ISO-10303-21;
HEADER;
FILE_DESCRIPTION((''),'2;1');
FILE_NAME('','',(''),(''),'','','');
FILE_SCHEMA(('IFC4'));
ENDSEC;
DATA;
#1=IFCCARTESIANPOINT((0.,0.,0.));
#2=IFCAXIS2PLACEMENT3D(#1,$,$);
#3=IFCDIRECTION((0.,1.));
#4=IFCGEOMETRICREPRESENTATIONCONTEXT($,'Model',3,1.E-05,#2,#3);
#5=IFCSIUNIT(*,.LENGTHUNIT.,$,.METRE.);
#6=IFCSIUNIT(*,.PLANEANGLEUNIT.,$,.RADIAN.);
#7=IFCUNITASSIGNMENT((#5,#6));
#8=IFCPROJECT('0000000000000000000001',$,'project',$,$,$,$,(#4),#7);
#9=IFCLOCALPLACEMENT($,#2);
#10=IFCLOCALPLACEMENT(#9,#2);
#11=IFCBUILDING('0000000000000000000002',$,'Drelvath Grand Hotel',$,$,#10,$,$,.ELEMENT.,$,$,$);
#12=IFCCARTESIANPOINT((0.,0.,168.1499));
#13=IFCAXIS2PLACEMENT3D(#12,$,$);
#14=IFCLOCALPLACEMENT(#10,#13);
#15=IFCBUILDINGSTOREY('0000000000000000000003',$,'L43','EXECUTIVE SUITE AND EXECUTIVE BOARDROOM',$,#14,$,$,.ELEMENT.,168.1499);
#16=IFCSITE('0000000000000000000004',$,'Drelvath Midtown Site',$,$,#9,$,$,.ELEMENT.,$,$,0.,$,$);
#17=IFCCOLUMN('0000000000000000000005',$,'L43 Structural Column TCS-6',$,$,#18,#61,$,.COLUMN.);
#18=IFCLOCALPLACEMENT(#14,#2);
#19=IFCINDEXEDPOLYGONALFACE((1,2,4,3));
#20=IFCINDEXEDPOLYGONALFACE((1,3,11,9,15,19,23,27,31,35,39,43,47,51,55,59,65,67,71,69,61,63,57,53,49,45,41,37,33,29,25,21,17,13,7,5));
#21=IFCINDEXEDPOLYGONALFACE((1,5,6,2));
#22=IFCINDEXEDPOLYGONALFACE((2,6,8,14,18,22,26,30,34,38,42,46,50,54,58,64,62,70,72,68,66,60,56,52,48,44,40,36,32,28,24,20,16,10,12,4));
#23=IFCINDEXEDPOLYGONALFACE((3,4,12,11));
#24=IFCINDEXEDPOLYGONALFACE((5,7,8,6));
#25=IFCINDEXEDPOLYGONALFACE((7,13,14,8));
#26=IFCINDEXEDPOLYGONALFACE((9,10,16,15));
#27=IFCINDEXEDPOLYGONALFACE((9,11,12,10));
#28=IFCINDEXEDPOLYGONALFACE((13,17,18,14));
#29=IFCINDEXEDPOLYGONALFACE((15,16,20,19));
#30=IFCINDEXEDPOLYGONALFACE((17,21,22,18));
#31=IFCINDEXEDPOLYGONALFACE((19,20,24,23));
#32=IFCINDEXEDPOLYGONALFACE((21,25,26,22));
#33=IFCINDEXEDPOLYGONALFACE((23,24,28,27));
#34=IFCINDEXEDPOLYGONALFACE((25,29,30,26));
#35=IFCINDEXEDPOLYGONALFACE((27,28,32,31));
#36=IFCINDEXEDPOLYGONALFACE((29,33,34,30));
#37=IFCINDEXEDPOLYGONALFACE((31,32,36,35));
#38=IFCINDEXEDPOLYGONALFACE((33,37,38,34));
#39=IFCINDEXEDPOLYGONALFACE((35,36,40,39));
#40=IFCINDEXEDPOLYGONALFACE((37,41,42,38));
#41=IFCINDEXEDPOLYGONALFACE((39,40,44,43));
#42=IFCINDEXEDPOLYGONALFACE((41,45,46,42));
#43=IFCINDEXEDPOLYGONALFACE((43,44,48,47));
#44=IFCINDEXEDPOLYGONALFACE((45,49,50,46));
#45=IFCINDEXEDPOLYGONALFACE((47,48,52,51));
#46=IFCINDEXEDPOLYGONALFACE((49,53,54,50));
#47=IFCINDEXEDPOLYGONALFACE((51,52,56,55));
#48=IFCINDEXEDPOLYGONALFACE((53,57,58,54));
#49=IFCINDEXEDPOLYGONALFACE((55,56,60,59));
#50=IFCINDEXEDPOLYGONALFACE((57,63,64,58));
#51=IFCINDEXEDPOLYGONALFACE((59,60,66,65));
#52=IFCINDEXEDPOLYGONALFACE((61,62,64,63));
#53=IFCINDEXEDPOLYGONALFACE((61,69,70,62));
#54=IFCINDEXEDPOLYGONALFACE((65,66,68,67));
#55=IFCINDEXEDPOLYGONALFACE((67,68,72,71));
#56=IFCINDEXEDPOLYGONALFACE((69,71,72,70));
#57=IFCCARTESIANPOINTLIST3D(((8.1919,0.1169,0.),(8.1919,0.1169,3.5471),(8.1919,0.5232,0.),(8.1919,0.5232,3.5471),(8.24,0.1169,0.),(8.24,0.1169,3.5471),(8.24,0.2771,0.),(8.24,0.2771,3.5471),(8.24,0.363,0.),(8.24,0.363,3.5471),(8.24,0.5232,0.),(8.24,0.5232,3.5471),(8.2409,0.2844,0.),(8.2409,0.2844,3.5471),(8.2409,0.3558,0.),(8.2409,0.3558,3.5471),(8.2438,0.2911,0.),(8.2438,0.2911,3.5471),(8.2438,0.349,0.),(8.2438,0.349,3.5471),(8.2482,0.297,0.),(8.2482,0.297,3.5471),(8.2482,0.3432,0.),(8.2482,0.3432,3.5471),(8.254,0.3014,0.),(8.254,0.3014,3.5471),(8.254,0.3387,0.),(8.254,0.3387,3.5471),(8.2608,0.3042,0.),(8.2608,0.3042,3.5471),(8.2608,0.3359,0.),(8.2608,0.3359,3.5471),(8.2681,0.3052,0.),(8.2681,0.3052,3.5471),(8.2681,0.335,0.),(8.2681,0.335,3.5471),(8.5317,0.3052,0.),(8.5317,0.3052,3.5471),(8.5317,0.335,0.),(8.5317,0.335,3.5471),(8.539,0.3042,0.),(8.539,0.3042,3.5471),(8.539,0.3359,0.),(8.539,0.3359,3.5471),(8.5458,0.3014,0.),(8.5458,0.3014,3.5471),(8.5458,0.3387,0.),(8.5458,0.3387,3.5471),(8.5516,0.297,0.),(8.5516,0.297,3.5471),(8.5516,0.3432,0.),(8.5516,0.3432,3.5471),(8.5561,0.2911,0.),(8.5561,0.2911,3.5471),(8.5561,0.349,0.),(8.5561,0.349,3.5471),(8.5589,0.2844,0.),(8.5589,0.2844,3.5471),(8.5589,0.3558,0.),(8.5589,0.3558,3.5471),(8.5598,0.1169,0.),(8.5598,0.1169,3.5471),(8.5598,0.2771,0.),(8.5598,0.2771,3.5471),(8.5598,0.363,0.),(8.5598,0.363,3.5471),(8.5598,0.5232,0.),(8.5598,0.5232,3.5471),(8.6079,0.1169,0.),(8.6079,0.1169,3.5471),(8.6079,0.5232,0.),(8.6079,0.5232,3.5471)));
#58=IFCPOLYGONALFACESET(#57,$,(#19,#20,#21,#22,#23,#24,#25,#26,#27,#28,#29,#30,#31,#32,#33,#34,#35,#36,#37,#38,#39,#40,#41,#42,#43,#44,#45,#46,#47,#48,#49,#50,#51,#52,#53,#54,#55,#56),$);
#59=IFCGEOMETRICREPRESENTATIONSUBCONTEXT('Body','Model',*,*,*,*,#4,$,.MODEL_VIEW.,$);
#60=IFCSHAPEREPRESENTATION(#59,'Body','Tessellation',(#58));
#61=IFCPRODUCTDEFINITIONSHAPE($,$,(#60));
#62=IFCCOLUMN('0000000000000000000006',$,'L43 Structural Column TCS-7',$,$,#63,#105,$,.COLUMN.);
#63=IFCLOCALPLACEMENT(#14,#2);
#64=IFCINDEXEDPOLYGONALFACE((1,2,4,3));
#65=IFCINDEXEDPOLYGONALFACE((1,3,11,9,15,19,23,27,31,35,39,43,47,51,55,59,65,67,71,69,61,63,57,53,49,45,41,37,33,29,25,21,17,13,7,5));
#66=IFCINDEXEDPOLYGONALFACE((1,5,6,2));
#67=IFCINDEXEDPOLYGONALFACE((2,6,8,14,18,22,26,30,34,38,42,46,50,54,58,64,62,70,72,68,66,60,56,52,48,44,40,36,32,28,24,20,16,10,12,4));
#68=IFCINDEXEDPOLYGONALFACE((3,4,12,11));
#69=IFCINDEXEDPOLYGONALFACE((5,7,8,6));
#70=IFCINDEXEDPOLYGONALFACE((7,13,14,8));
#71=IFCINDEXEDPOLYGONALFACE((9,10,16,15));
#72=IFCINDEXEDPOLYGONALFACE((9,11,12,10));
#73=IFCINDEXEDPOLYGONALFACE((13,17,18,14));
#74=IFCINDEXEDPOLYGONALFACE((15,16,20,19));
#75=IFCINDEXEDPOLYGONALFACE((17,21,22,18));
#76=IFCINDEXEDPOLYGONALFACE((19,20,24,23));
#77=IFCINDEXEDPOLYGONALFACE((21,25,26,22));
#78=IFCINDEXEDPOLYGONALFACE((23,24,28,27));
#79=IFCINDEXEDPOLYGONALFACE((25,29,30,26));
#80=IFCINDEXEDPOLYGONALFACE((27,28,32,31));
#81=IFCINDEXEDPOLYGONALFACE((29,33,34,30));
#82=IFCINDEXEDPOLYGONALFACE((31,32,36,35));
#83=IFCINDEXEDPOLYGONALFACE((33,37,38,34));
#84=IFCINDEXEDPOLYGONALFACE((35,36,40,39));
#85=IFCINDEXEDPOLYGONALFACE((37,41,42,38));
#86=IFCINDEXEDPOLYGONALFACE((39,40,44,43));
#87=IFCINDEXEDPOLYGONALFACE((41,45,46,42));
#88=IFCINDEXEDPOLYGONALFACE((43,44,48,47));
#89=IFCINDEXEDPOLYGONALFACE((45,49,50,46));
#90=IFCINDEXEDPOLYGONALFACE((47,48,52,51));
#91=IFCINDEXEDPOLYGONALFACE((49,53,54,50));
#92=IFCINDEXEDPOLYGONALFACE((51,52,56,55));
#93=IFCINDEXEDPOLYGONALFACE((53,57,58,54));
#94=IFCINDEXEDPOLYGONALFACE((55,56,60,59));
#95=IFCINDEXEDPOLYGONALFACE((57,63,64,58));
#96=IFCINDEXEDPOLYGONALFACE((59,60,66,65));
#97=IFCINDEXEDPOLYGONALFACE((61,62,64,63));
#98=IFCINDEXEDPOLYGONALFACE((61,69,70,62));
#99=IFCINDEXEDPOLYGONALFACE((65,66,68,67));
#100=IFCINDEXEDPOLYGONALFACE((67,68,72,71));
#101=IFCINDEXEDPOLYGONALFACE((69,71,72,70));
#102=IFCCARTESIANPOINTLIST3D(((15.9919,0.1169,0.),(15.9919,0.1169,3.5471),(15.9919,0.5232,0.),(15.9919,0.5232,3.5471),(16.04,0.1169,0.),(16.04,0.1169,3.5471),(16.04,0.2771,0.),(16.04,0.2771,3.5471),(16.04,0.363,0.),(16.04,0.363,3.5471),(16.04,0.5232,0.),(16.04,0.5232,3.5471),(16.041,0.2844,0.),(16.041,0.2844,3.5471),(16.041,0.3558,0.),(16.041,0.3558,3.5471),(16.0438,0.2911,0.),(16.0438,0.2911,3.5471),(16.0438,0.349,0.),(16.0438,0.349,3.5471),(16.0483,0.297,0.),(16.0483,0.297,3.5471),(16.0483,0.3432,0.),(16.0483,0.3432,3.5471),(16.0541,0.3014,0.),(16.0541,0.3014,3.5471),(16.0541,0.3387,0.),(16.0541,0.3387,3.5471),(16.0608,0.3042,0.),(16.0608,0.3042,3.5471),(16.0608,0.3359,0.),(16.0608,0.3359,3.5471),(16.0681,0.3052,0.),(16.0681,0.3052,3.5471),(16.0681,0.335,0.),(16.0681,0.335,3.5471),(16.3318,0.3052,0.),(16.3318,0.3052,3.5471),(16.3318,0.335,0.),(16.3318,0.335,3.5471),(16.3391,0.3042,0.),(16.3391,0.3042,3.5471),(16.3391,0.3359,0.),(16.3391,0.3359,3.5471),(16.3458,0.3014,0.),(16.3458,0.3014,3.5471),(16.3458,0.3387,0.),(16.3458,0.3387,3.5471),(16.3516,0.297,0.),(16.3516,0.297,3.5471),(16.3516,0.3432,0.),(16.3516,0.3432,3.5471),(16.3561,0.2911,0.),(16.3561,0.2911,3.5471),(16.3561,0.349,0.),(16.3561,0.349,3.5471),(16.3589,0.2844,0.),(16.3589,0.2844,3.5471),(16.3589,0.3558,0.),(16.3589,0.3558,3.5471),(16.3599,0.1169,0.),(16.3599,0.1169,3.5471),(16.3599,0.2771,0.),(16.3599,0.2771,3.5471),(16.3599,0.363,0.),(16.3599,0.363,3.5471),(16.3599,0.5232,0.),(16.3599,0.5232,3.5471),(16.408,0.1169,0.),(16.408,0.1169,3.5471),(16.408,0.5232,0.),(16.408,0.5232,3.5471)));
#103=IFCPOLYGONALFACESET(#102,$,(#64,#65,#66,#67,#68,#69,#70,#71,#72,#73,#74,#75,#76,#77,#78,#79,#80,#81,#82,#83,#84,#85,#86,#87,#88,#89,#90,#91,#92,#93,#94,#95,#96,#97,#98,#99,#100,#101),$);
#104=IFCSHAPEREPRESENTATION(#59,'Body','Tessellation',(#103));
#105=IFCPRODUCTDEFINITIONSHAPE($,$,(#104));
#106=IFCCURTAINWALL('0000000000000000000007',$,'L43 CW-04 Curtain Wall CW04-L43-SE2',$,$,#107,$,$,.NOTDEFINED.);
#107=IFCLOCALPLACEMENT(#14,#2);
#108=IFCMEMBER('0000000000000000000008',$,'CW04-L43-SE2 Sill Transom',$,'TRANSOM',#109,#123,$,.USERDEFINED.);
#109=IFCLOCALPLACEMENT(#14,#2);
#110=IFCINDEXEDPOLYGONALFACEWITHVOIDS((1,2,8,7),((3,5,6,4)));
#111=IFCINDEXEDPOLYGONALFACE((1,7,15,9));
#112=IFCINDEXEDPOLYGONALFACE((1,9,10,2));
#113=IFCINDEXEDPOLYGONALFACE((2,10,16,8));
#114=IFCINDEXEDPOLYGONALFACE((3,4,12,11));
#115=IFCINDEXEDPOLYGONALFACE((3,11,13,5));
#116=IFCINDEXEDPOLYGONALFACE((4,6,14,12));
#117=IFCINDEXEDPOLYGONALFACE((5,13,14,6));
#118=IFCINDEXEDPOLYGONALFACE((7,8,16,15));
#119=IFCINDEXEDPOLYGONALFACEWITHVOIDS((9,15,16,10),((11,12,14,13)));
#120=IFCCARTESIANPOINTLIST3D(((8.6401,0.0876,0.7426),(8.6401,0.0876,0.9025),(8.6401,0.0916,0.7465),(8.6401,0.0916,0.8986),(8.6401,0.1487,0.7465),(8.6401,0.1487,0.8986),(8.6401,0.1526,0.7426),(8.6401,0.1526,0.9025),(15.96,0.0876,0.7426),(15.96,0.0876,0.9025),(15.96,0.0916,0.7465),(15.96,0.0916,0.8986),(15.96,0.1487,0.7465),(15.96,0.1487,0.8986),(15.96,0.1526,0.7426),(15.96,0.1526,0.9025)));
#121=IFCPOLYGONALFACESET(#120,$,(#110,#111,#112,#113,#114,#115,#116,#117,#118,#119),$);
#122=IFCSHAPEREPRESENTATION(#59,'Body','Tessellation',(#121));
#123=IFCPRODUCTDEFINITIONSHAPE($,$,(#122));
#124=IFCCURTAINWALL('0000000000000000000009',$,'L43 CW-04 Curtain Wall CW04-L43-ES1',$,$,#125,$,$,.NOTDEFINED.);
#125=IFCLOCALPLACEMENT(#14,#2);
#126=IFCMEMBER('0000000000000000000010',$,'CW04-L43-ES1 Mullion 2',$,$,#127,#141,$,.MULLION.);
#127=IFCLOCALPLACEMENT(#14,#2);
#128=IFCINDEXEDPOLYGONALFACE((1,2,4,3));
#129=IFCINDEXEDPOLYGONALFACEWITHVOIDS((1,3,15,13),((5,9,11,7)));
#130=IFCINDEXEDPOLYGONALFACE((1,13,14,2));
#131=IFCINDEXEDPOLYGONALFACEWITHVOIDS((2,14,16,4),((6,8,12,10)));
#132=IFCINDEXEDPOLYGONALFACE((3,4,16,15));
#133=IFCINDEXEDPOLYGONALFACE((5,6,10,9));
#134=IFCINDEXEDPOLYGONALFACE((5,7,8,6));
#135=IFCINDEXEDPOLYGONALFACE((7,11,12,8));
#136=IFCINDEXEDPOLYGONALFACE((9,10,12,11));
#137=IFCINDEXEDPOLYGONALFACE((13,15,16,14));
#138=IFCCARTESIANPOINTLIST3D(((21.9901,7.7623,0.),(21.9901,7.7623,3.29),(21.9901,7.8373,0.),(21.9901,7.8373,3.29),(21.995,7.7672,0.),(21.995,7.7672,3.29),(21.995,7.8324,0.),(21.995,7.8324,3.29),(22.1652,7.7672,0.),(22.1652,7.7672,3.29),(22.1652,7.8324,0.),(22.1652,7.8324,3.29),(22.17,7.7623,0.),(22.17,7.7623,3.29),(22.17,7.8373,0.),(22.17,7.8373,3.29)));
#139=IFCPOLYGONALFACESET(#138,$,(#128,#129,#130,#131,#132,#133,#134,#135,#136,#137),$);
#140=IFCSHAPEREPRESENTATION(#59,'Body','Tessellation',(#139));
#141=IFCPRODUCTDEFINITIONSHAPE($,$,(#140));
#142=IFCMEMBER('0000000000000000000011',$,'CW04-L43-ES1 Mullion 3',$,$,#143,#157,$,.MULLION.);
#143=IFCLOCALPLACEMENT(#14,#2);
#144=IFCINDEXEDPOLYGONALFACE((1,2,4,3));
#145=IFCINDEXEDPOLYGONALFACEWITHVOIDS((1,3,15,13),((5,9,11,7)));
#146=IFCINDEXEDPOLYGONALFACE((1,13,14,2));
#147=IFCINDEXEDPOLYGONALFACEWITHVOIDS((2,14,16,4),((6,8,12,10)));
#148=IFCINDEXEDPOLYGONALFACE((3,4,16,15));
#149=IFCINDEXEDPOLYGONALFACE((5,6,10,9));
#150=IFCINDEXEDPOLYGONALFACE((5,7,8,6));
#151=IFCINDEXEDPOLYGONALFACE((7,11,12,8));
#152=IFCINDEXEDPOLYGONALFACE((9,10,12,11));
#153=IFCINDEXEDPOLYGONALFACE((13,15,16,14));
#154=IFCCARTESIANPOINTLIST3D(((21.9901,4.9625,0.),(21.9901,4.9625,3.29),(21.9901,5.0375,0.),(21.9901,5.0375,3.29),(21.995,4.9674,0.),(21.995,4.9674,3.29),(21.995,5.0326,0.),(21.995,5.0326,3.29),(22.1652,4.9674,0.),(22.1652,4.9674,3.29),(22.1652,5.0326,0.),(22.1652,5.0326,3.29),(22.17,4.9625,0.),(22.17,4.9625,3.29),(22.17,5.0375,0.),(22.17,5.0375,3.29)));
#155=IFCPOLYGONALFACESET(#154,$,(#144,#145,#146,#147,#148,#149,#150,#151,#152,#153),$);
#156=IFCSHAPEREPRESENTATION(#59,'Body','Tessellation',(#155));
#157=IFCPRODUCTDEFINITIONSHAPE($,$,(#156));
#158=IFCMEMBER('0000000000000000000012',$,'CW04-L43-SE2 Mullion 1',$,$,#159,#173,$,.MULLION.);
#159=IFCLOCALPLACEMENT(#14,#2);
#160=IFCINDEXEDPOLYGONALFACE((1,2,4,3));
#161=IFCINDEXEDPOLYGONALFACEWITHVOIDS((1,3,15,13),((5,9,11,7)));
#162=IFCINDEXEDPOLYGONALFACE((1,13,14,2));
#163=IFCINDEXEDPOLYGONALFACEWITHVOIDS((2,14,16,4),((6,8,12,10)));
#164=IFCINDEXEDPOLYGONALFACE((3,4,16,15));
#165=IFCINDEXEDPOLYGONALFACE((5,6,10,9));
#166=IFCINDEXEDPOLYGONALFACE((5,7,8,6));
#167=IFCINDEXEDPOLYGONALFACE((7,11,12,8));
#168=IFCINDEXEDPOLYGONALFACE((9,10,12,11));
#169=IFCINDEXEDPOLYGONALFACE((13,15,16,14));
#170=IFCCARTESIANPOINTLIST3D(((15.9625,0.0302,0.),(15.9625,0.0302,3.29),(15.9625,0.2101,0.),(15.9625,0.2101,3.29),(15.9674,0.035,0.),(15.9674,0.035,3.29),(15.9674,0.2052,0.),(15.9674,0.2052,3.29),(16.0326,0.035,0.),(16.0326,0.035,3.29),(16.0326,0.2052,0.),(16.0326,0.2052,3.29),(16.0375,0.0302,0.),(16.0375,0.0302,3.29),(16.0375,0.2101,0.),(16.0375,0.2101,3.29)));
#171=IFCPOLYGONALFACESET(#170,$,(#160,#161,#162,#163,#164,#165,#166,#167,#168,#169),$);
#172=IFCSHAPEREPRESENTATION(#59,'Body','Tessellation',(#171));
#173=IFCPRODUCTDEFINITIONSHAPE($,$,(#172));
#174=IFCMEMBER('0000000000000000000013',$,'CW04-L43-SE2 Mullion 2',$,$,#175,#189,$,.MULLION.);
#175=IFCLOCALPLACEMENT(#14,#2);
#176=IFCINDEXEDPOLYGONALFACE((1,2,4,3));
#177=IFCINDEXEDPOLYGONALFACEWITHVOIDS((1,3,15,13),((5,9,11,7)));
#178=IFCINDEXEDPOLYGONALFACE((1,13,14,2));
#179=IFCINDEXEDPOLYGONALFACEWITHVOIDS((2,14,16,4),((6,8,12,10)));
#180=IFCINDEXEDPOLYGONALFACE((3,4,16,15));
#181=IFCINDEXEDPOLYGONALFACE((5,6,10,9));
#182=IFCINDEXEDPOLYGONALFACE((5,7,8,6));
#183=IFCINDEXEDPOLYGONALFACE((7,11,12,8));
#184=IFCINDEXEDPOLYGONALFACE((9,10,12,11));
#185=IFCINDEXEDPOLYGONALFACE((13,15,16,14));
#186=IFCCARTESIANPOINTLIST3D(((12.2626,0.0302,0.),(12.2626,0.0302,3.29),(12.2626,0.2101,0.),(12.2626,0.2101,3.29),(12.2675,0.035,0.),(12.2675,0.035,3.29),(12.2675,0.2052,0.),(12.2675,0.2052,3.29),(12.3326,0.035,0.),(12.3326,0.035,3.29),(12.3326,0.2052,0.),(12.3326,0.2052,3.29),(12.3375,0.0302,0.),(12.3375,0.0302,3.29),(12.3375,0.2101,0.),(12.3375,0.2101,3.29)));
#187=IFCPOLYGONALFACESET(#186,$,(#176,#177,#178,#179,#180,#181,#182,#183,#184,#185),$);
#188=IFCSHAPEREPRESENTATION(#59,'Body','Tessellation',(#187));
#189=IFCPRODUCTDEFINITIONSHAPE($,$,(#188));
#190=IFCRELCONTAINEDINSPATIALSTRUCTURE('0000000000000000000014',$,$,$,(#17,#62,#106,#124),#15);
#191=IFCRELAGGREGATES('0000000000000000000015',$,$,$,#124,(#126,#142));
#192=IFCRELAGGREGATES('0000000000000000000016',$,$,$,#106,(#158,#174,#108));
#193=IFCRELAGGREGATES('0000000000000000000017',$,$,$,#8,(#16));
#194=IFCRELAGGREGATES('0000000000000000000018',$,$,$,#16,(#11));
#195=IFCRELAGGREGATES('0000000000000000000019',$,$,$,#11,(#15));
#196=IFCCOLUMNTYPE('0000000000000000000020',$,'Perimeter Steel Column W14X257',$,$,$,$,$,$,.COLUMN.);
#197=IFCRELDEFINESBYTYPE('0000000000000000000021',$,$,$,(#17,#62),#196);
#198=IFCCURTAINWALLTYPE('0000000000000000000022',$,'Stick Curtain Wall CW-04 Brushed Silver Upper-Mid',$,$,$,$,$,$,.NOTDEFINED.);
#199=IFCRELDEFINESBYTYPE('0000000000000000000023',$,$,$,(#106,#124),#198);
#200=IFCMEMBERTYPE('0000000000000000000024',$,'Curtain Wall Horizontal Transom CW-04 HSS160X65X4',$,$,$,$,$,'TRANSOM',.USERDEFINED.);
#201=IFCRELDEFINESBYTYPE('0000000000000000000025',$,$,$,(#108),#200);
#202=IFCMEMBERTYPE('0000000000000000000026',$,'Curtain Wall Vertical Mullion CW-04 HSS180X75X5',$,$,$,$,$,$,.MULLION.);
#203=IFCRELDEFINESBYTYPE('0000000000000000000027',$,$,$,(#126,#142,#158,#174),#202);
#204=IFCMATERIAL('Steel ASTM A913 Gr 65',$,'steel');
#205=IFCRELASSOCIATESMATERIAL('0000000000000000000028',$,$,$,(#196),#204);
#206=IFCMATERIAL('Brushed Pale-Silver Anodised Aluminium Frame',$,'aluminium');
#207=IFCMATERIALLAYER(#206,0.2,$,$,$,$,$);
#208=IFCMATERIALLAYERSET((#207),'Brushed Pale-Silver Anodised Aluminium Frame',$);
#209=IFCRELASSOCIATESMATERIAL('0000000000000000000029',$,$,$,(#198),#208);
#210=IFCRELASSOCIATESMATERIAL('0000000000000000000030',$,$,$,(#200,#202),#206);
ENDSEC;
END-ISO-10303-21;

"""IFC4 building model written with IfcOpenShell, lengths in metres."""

from ifc_helpers import new_model, si_unit, direction, frame, origin, origin_2d, place, context, subcontext, project, spatial, hollow_rectangle, i_section, extrude, material, layer, layer_set, material_profile, profile_set, type_object, element, aggregate, save


model = new_model("IFC4")

# Units and contexts
model_context = context("Model", 3, precision=1e-05, world=origin(), true_north=direction((0.0, 1.0)))
body_context = subcontext(model_context, "Body", "Model", "MODEL_VIEW")
ifc_project = project(units=[si_unit("LENGTHUNIT", "METRE"), si_unit("PLANEANGLEUNIT", "RADIAN")], contexts=[model_context])

# Site, building, storey
site_placement = place(None, origin())
site = spatial("IfcSite", under=ifc_project, at=site_placement, Name="Drelvath Midtown Site", CompositionType="ELEMENT", RefElevation=0.0)
building_placement = place(site_placement, origin())
building = spatial("IfcBuilding", under=site, at=building_placement, Name="Drelvath Grand Hotel", CompositionType="ELEMENT")
storey_placement = place(building_placement, frame((0.0, 0.0, 168.1499)))
storey = spatial("IfcBuildingStorey", under=building, at=storey_placement, Name="L43", Description="EXECUTIVE SUITE AND EXECUTIVE BOARDROOM", CompositionType="ELEMENT", Elevation=168.1499)

# Columns
ifc_material_1 = material(Name="Steel ASTM A913 Gr 65", Category="steel")
ifc_material_profile_1 = material_profile(ifc_material_1, i_section(OverallWidth=0.4062, OverallDepth=0.416, WebThickness=0.0298, FlangeThickness=0.0481, FilletRadius=0.0281, at=origin_2d()), Name="W14X257")
ifc_profile_set_1 = profile_set([ifc_material_profile_1], Name="Steel ASTM A913 Gr 65")
column_type = type_object("IfcColumnType", Name="Perimeter Steel Column W14X257", PredefinedType="COLUMN", material=ifc_profile_set_1)
for number, where, z_axis, x_axis, name in (
    (1, (8.3999, 0.3201, 0.0), (0.0, 0.0, 1.0), (0.0, 1.0, 0.0), "L43 Structural Column TCS-6"),
    (2, (16.2, 0.3201, 0.0), (0.0, 0.0, 1.0), (0.0, 1.0, 0.0), "L43 Structural Column TCS-7"),
):
    element("IfcColumn", number, at=place(storey_placement, frame(where, z_axis=z_axis, x_axis=x_axis)), inside=storey, type_object=column_type, Name=name, PredefinedType="COLUMN", context=body_context, shape_type="SweptSolid", body=[
        extrude(i_section(OverallWidth=0.4062, OverallDepth=0.416, WebThickness=0.0298, FlangeThickness=0.0481, FilletRadius=0.0281, at=origin_2d()), origin(), (0.0, 0.0, 1.0), 3.5471),
    ])

# Curtain wall, member
ifc_material_2 = material(Name="Brushed Pale-Silver Anodised Aluminium Frame", Category="aluminium")
ifc_layer_1 = layer(ifc_material_2, 0.2)
ifc_layer_set_1 = layer_set([ifc_layer_1], Name="Brushed Pale-Silver Anodised Aluminium Frame")
curtain_wall_type = type_object("IfcCurtainWallType", Name="Stick Curtain Wall CW-04 Brushed Silver Upper-Mid", PredefinedType="NOTDEFINED", material=ifc_layer_set_1)
curtain_wall_1_placement = place(storey_placement, origin())
curtain_wall_1 = element("IfcCurtainWall", 3, at=curtain_wall_1_placement, inside=storey, type_object=curtain_wall_type, Name="L43 CW-04 Curtain Wall CW04-L43-SE2", PredefinedType="NOTDEFINED")
ifc_material_profile_2 = material_profile(ifc_material_2, hollow_rectangle(XDim=0.0649, YDim=0.1599, WallThickness=0.0039, at=origin_2d()), Name="HSS160X65X4")
ifc_profile_set_2 = profile_set([ifc_material_profile_2], Name="Brushed Pale-Silver Anodised Aluminium Frame")
member_type_1 = type_object("IfcMemberType", Name="Curtain Wall Horizontal Transom CW-04 HSS160X65X4", ElementType="TRANSOM", PredefinedType="USERDEFINED", material=ifc_profile_set_2)
member_1_placement = place(storey_placement, frame((15.96, 0.1201, 0.8225), z_axis=(-1.0, 0.0, 0.0), x_axis=(0.0, -1.0, 0.0)))
member_1 = element("IfcMember", 4, at=member_1_placement, type_object=member_type_1, Name="CW04-L43-SE2 Sill Transom", ObjectType="TRANSOM", PredefinedType="USERDEFINED", context=body_context, shape_type="SweptSolid", body=[
    extrude(hollow_rectangle(XDim=0.0649, YDim=0.1599, WallThickness=0.0039, at=origin_2d()), origin(), (0.0, 0.0, 1.0), 7.3198),
])

# Curtain wall, members
curtain_wall_2_placement = place(storey_placement, origin())
curtain_wall_2 = element("IfcCurtainWall", 5, at=curtain_wall_2_placement, inside=storey, type_object=curtain_wall_type, Name="L43 CW-04 Curtain Wall CW04-L43-ES1", PredefinedType="NOTDEFINED")
ifc_material_profile_3 = material_profile(ifc_material_2, hollow_rectangle(XDim=0.075, YDim=0.1799, WallThickness=0.0049, at=origin_2d()), Name="HSS180X75X5")
ifc_profile_set_3 = profile_set([ifc_material_profile_3], Name="Brushed Pale-Silver Anodised Aluminium Frame")
member_type_2 = type_object("IfcMemberType", Name="Curtain Wall Vertical Mullion CW-04 HSS180X75X5", PredefinedType="MULLION", material=ifc_profile_set_3)
member_2_placement = place(storey_placement, frame((22.0801, 7.7998, 0.0), z_axis=(0.0, 0.0, 1.0), x_axis=(0.0, 1.0, 0.0)))
member_2 = element("IfcMember", 6, at=member_2_placement, type_object=member_type_2, Name="CW04-L43-ES1 Mullion 2", PredefinedType="MULLION", context=body_context, shape_type="SweptSolid", body=[
    extrude(hollow_rectangle(XDim=0.075, YDim=0.1799, WallThickness=0.0049, at=origin_2d()), origin(), (0.0, 0.0, 1.0), 3.29),
])
member_3_placement = place(storey_placement, frame((22.0801, 5.0, 0.0), z_axis=(0.0, 0.0, 1.0), x_axis=(0.0, 1.0, 0.0)))
member_3 = element("IfcMember", 7, at=member_3_placement, type_object=member_type_2, Name="CW04-L43-ES1 Mullion 3", PredefinedType="MULLION", context=body_context, shape_type="SweptSolid", body=[
    extrude(hollow_rectangle(XDim=0.075, YDim=0.1799, WallThickness=0.0049, at=origin_2d()), origin(), (0.0, 0.0, 1.0), 3.29),
])

# Members
member_4_placement = place(storey_placement, frame((16.0, 0.1201, 0.0), z_axis=(0.0, 0.0, 1.0), x_axis=(1.0, 0.0, 0.0)))
member_4 = element("IfcMember", 8, at=member_4_placement, type_object=member_type_2, Name="CW04-L43-SE2 Mullion 1", PredefinedType="MULLION", context=body_context, shape_type="SweptSolid", body=[
    extrude(hollow_rectangle(XDim=0.075, YDim=0.1799, WallThickness=0.0049, at=origin_2d()), origin(), (0.0, 0.0, 1.0), 3.29),
])
member_5_placement = place(storey_placement, frame((12.3, 0.1201, 0.0), z_axis=(0.0, 0.0, 1.0), x_axis=(1.0, 0.0, 0.0)))
member_5 = element("IfcMember", 9, at=member_5_placement, type_object=member_type_2, Name="CW04-L43-SE2 Mullion 2", PredefinedType="MULLION", context=body_context, shape_type="SweptSolid", body=[
    extrude(hollow_rectangle(XDim=0.075, YDim=0.1799, WallThickness=0.0049, at=origin_2d()), origin(), (0.0, 0.0, 1.0), 3.29),
])

aggregate(curtain_wall_2, [member_2, member_3])
aggregate(curtain_wall_1, [member_4, member_5, member_1])

save(model, "model.ifc")
